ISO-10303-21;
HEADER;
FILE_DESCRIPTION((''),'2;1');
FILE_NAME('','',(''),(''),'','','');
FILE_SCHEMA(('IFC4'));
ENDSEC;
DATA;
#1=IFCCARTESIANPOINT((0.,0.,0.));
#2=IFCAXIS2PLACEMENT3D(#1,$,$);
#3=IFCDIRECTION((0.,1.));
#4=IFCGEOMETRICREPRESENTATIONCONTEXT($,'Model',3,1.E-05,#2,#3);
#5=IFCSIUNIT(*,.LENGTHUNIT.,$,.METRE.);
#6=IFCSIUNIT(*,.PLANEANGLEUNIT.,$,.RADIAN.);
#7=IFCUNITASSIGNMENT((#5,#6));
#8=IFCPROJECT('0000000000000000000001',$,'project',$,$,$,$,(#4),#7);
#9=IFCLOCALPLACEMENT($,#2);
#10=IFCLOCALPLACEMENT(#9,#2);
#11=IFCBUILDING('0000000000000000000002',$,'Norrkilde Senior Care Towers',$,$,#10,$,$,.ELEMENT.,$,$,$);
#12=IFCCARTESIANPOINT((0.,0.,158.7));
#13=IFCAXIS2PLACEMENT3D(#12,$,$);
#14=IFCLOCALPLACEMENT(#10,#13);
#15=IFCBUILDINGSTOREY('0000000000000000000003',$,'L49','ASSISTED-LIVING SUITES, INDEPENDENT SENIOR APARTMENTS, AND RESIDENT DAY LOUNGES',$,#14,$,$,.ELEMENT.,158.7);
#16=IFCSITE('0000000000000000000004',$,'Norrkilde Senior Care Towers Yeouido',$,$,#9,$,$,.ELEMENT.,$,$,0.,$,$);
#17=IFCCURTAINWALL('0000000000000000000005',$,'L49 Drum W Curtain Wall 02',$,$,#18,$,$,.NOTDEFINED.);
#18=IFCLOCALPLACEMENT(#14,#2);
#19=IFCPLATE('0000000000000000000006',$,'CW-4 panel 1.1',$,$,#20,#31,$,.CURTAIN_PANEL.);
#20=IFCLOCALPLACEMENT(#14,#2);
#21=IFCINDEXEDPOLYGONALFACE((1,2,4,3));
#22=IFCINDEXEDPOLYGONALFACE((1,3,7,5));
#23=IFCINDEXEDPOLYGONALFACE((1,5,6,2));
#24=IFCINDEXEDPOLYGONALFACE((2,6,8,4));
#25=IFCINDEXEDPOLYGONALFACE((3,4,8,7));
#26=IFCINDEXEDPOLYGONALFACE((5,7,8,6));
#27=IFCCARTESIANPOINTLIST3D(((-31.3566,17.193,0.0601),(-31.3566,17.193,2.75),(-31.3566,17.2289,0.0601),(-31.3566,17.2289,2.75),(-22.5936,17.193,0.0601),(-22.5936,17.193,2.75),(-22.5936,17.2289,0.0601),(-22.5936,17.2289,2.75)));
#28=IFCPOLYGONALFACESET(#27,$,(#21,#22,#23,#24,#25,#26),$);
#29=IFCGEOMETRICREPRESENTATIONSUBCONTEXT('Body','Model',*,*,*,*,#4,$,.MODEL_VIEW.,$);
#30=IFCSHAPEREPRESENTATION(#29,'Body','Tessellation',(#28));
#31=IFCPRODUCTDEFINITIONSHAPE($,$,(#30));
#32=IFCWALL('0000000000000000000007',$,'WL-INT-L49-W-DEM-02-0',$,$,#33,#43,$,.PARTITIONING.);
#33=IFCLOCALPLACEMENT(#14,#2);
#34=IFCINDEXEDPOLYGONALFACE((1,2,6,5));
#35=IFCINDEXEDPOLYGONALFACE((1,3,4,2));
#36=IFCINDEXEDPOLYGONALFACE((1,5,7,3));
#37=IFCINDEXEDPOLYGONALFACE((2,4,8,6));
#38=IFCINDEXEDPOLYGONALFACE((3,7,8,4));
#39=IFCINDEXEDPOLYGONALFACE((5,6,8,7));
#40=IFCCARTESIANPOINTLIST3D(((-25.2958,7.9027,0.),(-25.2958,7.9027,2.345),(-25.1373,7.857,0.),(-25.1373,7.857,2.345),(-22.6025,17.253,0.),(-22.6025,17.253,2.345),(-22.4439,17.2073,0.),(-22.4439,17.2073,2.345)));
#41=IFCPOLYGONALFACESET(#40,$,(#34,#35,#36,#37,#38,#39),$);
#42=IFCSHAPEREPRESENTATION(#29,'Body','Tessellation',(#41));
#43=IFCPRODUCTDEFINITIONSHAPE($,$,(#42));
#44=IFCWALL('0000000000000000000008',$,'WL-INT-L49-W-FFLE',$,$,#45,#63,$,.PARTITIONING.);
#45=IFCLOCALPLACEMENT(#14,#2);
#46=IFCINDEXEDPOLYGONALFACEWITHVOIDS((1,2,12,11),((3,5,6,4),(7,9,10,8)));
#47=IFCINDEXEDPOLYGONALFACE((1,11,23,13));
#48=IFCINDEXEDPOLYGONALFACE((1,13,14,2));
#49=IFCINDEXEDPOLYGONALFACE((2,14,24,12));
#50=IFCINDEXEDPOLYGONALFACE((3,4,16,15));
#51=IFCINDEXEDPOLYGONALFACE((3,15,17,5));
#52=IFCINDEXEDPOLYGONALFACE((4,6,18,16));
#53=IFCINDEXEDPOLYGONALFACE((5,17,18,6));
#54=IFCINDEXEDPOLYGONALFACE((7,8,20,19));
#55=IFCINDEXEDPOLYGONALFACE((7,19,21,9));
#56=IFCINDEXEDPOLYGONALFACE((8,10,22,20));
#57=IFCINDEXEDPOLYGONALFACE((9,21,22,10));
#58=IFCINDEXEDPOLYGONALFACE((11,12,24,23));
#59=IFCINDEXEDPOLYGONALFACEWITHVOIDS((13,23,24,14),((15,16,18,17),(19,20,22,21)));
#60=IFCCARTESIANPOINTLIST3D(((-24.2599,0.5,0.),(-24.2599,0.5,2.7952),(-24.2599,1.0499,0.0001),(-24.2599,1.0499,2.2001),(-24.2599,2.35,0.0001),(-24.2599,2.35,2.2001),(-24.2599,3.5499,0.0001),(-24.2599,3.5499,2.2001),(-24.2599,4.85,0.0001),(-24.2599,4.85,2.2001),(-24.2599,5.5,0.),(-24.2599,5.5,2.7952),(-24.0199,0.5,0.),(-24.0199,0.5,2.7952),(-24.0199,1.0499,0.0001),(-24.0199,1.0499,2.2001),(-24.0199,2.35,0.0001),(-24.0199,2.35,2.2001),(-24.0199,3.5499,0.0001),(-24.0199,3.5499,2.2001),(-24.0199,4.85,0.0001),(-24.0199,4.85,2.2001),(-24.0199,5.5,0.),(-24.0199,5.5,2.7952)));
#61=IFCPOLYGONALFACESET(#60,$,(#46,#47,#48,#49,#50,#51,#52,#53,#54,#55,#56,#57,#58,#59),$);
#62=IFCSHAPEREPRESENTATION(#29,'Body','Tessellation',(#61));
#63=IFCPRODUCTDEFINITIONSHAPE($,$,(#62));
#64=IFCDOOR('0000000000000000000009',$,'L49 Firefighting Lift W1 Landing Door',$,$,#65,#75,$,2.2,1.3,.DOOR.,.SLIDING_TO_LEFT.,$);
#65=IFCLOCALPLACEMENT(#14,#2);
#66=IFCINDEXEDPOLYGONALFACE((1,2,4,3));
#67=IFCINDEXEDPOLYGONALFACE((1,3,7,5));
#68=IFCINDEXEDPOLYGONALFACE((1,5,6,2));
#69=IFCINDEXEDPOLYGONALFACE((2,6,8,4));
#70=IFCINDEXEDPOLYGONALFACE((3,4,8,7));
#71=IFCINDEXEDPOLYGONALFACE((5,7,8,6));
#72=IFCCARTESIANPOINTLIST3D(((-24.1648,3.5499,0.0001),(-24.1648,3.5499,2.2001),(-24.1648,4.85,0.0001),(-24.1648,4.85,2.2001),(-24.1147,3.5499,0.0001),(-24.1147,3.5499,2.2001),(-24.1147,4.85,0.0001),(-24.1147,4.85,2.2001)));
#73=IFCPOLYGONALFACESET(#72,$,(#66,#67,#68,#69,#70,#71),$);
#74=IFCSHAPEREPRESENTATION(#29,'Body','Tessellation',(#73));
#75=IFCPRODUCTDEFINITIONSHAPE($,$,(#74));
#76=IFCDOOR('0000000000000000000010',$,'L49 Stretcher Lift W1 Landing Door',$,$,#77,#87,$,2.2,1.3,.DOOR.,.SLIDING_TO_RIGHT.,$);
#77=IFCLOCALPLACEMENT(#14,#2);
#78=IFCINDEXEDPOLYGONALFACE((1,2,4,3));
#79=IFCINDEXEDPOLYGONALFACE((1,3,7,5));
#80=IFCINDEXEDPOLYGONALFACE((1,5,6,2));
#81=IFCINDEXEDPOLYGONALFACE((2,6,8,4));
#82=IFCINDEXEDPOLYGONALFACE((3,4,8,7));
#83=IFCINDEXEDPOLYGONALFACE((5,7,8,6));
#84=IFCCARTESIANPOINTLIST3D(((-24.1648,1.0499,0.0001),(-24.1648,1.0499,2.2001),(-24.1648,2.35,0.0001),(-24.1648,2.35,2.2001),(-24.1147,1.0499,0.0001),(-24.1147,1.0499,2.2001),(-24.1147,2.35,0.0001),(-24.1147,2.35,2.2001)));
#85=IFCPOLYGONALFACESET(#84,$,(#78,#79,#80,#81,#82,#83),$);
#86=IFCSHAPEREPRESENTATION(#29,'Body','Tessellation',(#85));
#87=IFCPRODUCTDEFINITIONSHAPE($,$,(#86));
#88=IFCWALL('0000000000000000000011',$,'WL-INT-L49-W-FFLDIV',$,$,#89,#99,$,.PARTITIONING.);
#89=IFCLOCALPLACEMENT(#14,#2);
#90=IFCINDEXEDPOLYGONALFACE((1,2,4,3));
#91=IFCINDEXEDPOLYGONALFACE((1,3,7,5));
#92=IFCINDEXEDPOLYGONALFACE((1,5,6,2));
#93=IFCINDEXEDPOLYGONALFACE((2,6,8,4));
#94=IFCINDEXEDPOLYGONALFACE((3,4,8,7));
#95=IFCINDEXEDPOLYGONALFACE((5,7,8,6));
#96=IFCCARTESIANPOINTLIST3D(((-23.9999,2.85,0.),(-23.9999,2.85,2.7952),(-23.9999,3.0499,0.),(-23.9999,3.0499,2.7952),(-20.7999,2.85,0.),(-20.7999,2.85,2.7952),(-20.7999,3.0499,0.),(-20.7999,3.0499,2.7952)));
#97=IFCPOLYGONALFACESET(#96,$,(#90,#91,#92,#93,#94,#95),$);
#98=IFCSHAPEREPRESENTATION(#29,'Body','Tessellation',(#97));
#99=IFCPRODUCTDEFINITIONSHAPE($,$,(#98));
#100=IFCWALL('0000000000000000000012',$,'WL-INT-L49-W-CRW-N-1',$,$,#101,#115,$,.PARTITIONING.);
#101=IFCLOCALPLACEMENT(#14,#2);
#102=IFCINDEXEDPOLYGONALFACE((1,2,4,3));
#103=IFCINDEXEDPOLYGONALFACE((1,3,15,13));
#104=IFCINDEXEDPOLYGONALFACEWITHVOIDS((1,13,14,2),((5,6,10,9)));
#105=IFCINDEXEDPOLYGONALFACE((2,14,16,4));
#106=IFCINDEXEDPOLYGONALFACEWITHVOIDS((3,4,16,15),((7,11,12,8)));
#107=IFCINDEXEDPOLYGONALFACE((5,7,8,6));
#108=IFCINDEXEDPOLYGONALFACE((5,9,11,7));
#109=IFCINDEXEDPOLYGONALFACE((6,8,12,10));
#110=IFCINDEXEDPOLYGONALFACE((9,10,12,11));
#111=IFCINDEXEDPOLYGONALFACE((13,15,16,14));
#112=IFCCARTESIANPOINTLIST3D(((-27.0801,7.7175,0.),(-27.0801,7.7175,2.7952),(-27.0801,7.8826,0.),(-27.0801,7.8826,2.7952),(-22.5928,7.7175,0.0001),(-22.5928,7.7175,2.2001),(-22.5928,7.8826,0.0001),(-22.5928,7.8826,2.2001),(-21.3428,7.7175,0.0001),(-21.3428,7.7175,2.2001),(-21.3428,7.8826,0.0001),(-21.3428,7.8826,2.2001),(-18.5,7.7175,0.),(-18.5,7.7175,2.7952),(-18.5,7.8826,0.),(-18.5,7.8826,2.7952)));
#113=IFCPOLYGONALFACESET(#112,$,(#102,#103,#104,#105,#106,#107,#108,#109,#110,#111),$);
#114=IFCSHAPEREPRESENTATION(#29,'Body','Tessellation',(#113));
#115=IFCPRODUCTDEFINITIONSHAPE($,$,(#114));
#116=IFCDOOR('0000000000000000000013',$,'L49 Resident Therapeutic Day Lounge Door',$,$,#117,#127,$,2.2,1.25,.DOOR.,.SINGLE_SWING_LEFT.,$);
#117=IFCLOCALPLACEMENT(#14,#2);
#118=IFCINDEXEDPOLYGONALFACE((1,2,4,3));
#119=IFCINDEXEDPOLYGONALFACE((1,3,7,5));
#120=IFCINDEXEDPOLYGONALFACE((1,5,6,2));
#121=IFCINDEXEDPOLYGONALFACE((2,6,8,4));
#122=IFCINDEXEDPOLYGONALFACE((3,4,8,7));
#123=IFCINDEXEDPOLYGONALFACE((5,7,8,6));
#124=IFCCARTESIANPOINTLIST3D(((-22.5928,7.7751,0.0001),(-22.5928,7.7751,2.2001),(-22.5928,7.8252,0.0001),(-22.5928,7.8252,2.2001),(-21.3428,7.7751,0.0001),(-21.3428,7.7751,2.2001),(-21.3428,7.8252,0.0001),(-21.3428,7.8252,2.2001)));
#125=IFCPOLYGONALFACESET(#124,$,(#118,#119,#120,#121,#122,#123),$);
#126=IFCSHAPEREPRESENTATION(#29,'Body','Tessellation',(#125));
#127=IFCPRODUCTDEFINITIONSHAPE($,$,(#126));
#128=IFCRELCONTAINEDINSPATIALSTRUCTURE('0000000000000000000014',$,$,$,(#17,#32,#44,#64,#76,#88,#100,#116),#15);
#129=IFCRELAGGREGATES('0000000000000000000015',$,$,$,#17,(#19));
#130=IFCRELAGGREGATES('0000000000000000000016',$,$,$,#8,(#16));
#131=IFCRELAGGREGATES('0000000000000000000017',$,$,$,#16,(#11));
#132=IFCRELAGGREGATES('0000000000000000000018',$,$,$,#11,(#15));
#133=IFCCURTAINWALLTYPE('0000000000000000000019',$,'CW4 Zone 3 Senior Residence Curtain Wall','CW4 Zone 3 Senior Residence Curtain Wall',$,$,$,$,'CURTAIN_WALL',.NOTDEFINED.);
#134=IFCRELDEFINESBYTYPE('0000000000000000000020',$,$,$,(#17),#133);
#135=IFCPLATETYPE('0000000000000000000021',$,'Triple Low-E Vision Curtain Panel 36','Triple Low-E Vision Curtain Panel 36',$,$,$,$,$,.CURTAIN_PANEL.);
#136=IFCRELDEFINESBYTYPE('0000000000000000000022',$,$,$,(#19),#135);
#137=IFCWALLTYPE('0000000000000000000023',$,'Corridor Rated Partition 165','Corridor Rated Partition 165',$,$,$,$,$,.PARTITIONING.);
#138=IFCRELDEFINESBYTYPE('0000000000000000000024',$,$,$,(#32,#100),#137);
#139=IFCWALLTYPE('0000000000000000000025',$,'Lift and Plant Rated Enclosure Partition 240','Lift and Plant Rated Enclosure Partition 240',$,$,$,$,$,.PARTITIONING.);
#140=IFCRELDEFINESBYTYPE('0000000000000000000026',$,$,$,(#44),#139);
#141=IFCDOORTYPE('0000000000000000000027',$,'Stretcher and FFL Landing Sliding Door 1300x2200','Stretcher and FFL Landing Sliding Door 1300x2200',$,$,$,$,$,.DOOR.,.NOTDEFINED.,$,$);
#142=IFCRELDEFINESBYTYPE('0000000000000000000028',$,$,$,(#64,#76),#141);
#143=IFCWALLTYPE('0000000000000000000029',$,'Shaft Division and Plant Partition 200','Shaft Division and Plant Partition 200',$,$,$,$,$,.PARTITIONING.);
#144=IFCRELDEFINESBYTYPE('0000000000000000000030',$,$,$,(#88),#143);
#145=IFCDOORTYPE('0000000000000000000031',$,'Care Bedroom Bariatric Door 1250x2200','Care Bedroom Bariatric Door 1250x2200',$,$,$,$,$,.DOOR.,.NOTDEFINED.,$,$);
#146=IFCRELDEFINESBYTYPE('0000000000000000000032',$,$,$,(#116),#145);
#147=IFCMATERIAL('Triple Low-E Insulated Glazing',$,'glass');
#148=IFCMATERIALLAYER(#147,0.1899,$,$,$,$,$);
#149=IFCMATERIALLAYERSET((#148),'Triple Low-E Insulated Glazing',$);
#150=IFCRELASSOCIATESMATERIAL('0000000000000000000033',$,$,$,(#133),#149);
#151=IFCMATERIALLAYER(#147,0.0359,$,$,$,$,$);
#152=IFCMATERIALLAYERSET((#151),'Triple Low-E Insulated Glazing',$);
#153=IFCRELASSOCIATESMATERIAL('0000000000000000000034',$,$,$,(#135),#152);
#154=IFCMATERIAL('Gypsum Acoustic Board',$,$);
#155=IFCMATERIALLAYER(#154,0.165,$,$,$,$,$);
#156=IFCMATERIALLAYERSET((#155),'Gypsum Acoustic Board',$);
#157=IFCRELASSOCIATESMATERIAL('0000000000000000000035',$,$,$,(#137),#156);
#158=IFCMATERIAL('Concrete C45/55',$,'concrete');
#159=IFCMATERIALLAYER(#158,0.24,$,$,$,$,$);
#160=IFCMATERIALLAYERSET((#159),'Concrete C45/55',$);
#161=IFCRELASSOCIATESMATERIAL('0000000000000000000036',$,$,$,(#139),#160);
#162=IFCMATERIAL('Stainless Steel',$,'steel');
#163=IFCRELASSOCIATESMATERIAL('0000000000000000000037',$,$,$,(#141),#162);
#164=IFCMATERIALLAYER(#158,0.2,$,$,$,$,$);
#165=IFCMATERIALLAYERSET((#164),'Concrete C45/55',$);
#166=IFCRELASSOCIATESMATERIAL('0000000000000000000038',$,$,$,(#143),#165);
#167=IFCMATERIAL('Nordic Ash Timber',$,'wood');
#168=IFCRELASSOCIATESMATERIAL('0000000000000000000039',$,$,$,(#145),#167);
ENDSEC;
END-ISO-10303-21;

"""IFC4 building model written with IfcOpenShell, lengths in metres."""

from ifc_helpers import new_model, si_unit, direction, frame, frame_2d, origin, origin_2d, place, context, subcontext, project, spatial, rectangle, extrude, source, transform, mapped, material, layer, layer_set, type_object, type_shapes, element, fill, aggregate, save


model = new_model("IFC4")

# Units and contexts
model_context = context("Model", 3, precision=1e-05, world=origin(), true_north=direction((0.0, 1.0)))
body_context = subcontext(model_context, "Body", "Model", "MODEL_VIEW")
ifc_project = project(units=[si_unit("LENGTHUNIT", "METRE"), si_unit("PLANEANGLEUNIT", "RADIAN")], contexts=[model_context])

# Site, building, storey
site_placement = place(None, origin())
site = spatial("IfcSite", under=ifc_project, at=site_placement, Name="Norrkilde Senior Care Towers Yeouido", CompositionType="ELEMENT", RefElevation=0.0)
building_placement = place(site_placement, origin())
building = spatial("IfcBuilding", under=site, at=building_placement, Name="Norrkilde Senior Care Towers", CompositionType="ELEMENT")
storey_placement = place(building_placement, frame((0.0, 0.0, 158.7)))
storey = spatial("IfcBuildingStorey", under=building, at=storey_placement, Name="L49", Description="ASSISTED-LIVING SUITES, INDEPENDENT SENIOR APARTMENTS, AND RESIDENT DAY LOUNGES", CompositionType="ELEMENT", Elevation=158.7)

# Curtain wall
ifc_material_1 = material(Name="Triple Low-E Insulated Glazing", Category="glass")
ifc_layer_1 = layer(ifc_material_1, 0.1899)
ifc_layer_set_1 = layer_set([ifc_layer_1], Name="Triple Low-E Insulated Glazing")
curtain_wall_type = type_object("IfcCurtainWallType", Name="CW4 Zone 3 Senior Residence Curtain Wall", Description="CW4 Zone 3 Senior Residence Curtain Wall", ElementType="CURTAIN_WALL", PredefinedType="NOTDEFINED", material=ifc_layer_set_1)
curtain_wall_1_placement = place(storey_placement, origin())
curtain_wall_1 = element("IfcCurtainWall", 1, at=curtain_wall_1_placement, inside=storey, type_object=curtain_wall_type, Name="L49 Drum W Curtain Wall 02", PredefinedType="NOTDEFINED")

# Plate
ifc_layer_2 = layer(ifc_material_1, 0.0359)
ifc_layer_set_2 = layer_set([ifc_layer_2], Name="Triple Low-E Insulated Glazing")
plate_type = type_object("IfcPlateType", Name="Triple Low-E Vision Curtain Panel 36", Description="Triple Low-E Vision Curtain Panel 36", PredefinedType="CURTAIN_PANEL", material=ifc_layer_set_2)
shared_shape_1 = source(origin(), body_context, "Body", "SweptSolid", [
    extrude(rectangle(XDim=8.7629, YDim=0.0359, at=origin_2d()), origin(), (0.0, 0.0, 1.0), 2.6899),
])
plate_1_placement = place(storey_placement, frame((-26.9751, 17.2109, 0.0601), z_axis=(0.0, 0.0, 1.0), x_axis=(1.0, 0.0, 0.0)))
plate_1 = element("IfcPlate", 2, at=plate_1_placement, type_object=plate_type, Name="CW-4 panel 1.1", PredefinedType="CURTAIN_PANEL", context=body_context, shape_type="MappedRepresentation", body=[
    mapped(shared_shape_1, transform((0.0, 0.0, 0.0), x_axis=(1.0, 0.0, 0.0), y_axis=(0.0, 1.0, 0.0), z_axis=(0.0, 0.0, 1.0), scale=1.0)),
])
aggregate(curtain_wall_1, [plate_1])

# Shared definitions
ifc_material_2 = material(Name="Concrete C45/55", Category="concrete")

# Wall
ifc_material_3 = material(Name="Gypsum Acoustic Board")
ifc_layer_3 = layer(ifc_material_3, 0.165)
ifc_layer_set_3 = layer_set([ifc_layer_3], Name="Gypsum Acoustic Board")
wall_type_1 = type_object("IfcWallType", Name="Corridor Rated Partition 165", Description="Corridor Rated Partition 165", PredefinedType="PARTITIONING", material=ifc_layer_set_3)
shared_shape_2 = source(origin(), body_context, "Body", "SweptSolid", [
    extrude(rectangle(XDim=9.7305, YDim=0.165, at=frame_2d((4.8652, 0.0))), origin(), (0.0, 0.0, 1.0), 2.345),
])
wall_1_placement = place(storey_placement, frame((-25.2166, 7.8799, 0.0), z_axis=(0.0, 0.0, 1.0), x_axis=(0.276795, 0.960929, 0.0)))
element("IfcWall", 3, at=wall_1_placement, inside=storey, type_object=wall_type_1, Name="WL-INT-L49-W-DEM-02-0", PredefinedType="PARTITIONING", context=body_context, shape_type="MappedRepresentation", body=[
    mapped(shared_shape_2, transform((0.0, 0.0, 0.0), x_axis=(1.0, 0.0, 0.0), y_axis=(0.0, 1.0, 0.0), z_axis=(0.0, 0.0, 1.0), scale=1.0)),
])

# Wall, openings, doors
ifc_layer_4 = layer(ifc_material_2, 0.24)
ifc_layer_set_4 = layer_set([ifc_layer_4], Name="Concrete C45/55")
wall_type_2 = type_object("IfcWallType", Name="Lift and Plant Rated Enclosure Partition 240", Description="Lift and Plant Rated Enclosure Partition 240", PredefinedType="PARTITIONING", material=ifc_layer_set_4)
shared_shape_3 = source(origin(), body_context, "Body", "SweptSolid", [
    extrude(rectangle(XDim=5.0, YDim=0.24, at=frame_2d((2.5, 0.0))), origin(), (0.0, 0.0, 1.0), 2.7952),
])
type_shapes(wall_type_2, [shared_shape_3])
wall_2_placement = place(storey_placement, frame((-24.1399, 0.5, 0.0), z_axis=(0.0, 0.0, 1.0), x_axis=(0.0, 1.0, 0.0)))
wall_2 = element("IfcWall", 4, at=wall_2_placement, inside=storey, type_object=wall_type_2, Name="WL-INT-L49-W-FFLE", PredefinedType="PARTITIONING", context=body_context, shape_type="MappedRepresentation", body=[
    mapped(shared_shape_3, transform((0.0, 0.0, 0.0), x_axis=(1.0, 0.0, 0.0), y_axis=(0.0, 1.0, 0.0), z_axis=(0.0, 0.0, 1.0), scale=1.0)),
])
opening_1_placement = place(wall_2_placement, frame((3.05, 0.0, 0.0)))
opening_1 = element("IfcOpeningElement", 5, at=opening_1_placement, cuts=wall_2, PredefinedType="OPENING", context=body_context, shape_type="SweptSolid", body=[
    extrude(rectangle(XDim=1.3, YDim=2.2, at=frame_2d((0.6499, 1.1001))), frame((0.0, 0.1299, 0.0), z_axis=(0.0, -1.0, 0.0), x_axis=(1.0, 0.0, 0.0)), (0.0, 0.0, 1.0), 0.26),
])
opening_2_placement = place(wall_2_placement, frame((0.55, 0.0, 0.0)))
opening_2 = element("IfcOpeningElement", 6, at=opening_2_placement, cuts=wall_2, PredefinedType="OPENING", context=body_context, shape_type="SweptSolid", body=[
    extrude(rectangle(XDim=1.3, YDim=2.2, at=frame_2d((0.6499, 1.1001))), frame((0.0, 0.1299, 0.0), z_axis=(0.0, -1.0, 0.0), x_axis=(1.0, 0.0, 0.0)), (0.0, 0.0, 1.0), 0.26),
])
ifc_material_4 = material(Name="Stainless Steel", Category="steel")
door_type_1 = type_object("IfcDoorType", Name="Stretcher and FFL Landing Sliding Door 1300x2200", Description="Stretcher and FFL Landing Sliding Door 1300x2200", OperationType="NOTDEFINED", PredefinedType="DOOR", material=ifc_material_4)
shared_shape_4 = source(origin(), body_context, "Body", "SweptSolid", [
    extrude(rectangle(XDim=1.3, YDim=2.2, at=frame_2d((0.6499, 1.1001))), frame((0.0, 0.0249, 0.0), z_axis=(0.0, -1.0, 0.0), x_axis=(1.0, 0.0, 0.0)), (0.0, 0.0, 1.0), 0.05),
])
type_shapes(door_type_1, [shared_shape_4])
door_1_placement = place(opening_1_placement, origin())
door_1 = element("IfcDoor", 7, at=door_1_placement, inside=storey, type_object=door_type_1, Name="L49 Firefighting Lift W1 Landing Door", OperationType="SLIDING_TO_LEFT", OverallHeight=2.2, OverallWidth=1.3, PredefinedType="DOOR", context=body_context, shape_type="MappedRepresentation", body=[
    mapped(shared_shape_4, transform((0.0, 0.0, 0.0), x_axis=(1.0, 0.0, 0.0), y_axis=(0.0, 1.0, 0.0), z_axis=(0.0, 0.0, 1.0), scale=1.0)),
])
fill(opening_1, door_1)
door_2_placement = place(opening_2_placement, origin())
door_2 = element("IfcDoor", 8, at=door_2_placement, inside=storey, type_object=door_type_1, Name="L49 Stretcher Lift W1 Landing Door", OperationType="SLIDING_TO_RIGHT", OverallHeight=2.2, OverallWidth=1.3, PredefinedType="DOOR", context=body_context, shape_type="MappedRepresentation", body=[
    mapped(shared_shape_4, transform((0.0, 0.0, 0.0), x_axis=(1.0, 0.0, 0.0), y_axis=(0.0, 1.0, 0.0), z_axis=(0.0, 0.0, 1.0), scale=1.0)),
])
fill(opening_2, door_2)

# Wall
ifc_layer_5 = layer(ifc_material_2, 0.2)
ifc_layer_set_5 = layer_set([ifc_layer_5], Name="Concrete C45/55")
wall_type_3 = type_object("IfcWallType", Name="Shaft Division and Plant Partition 200", Description="Shaft Division and Plant Partition 200", PredefinedType="PARTITIONING", material=ifc_layer_set_5)
shared_shape_5 = source(origin(), body_context, "Body", "SweptSolid", [
    extrude(rectangle(XDim=3.2, YDim=0.2, at=frame_2d((1.6001, 0.0))), origin(), (0.0, 0.0, 1.0), 2.7952),
])
type_shapes(wall_type_3, [shared_shape_5])
wall_3_placement = place(storey_placement, frame((-24.0, 2.95, 0.0), z_axis=(0.0, 0.0, 1.0), x_axis=(1.0, 0.0, 0.0)))
element("IfcWall", 9, at=wall_3_placement, inside=storey, type_object=wall_type_3, Name="WL-INT-L49-W-FFLDIV", PredefinedType="PARTITIONING", context=body_context, shape_type="MappedRepresentation", body=[
    mapped(shared_shape_5, transform((0.0, 0.0, 0.0), x_axis=(1.0, 0.0, 0.0), y_axis=(0.0, 1.0, 0.0), z_axis=(0.0, 0.0, 1.0), scale=1.0)),
])

# Wall, opening, door
shared_shape_6 = source(origin(), body_context, "Body", "SweptSolid", [
    extrude(rectangle(XDim=8.5801, YDim=0.165, at=frame_2d((4.29, 0.0))), origin(), (0.0, 0.0, 1.0), 2.7952),
])
wall_4_placement = place(storey_placement, frame((-27.0801, 7.8, 0.0), z_axis=(0.0, 0.0, 1.0), x_axis=(1.0, 0.0, 0.0)))
wall_4 = element("IfcWall", 10, at=wall_4_placement, inside=storey, type_object=wall_type_1, Name="WL-INT-L49-W-CRW-N-1", PredefinedType="PARTITIONING", context=body_context, shape_type="MappedRepresentation", body=[
    mapped(shared_shape_6, transform((0.0, 0.0, 0.0), x_axis=(1.0, 0.0, 0.0), y_axis=(0.0, 1.0, 0.0), z_axis=(0.0, 0.0, 1.0), scale=1.0)),
])
opening_3_placement = place(wall_4_placement, frame((4.4873, 0.0, 0.0)))
opening_3 = element("IfcOpeningElement", 11, at=opening_3_placement, cuts=wall_4, PredefinedType="OPENING", context=body_context, shape_type="SweptSolid", body=[
    extrude(rectangle(XDim=1.25, YDim=2.2, at=frame_2d((0.625, 1.1001))), frame((0.0, 0.0925, 0.0), z_axis=(0.0, -1.0, 0.0), x_axis=(1.0, 0.0, 0.0)), (0.0, 0.0, 1.0), 0.1851),
])
ifc_material_5 = material(Name="Nordic Ash Timber", Category="wood")
door_type_2 = type_object("IfcDoorType", Name="Care Bedroom Bariatric Door 1250x2200", Description="Care Bedroom Bariatric Door 1250x2200", OperationType="NOTDEFINED", PredefinedType="DOOR", material=ifc_material_5)
shared_shape_7 = source(origin(), body_context, "Body", "SweptSolid", [
    extrude(rectangle(XDim=1.25, YDim=2.2, at=frame_2d((0.625, 1.1001))), frame((0.0, 0.0249, 0.0), z_axis=(0.0, -1.0, 0.0), x_axis=(1.0, 0.0, 0.0)), (0.0, 0.0, 1.0), 0.05),
])
type_shapes(door_type_2, [shared_shape_7])
door_3_placement = place(opening_3_placement, frame((1.25, 0.0, 0.0), z_axis=(0.0, 0.0, 1.0), x_axis=(-1.0, 0.0, 0.0)))
door_3 = element("IfcDoor", 12, at=door_3_placement, inside=storey, type_object=door_type_2, Name="L49 Resident Therapeutic Day Lounge Door", OperationType="SINGLE_SWING_LEFT", OverallHeight=2.2, OverallWidth=1.25, PredefinedType="DOOR", context=body_context, shape_type="MappedRepresentation", body=[
    mapped(shared_shape_7, transform((0.0, 0.0, 0.0), x_axis=(1.0, 0.0, 0.0), y_axis=(0.0, 1.0, 0.0), z_axis=(0.0, 0.0, 1.0), scale=1.0)),
])
fill(opening_3, door_3)

save(model, "model.ifc")
